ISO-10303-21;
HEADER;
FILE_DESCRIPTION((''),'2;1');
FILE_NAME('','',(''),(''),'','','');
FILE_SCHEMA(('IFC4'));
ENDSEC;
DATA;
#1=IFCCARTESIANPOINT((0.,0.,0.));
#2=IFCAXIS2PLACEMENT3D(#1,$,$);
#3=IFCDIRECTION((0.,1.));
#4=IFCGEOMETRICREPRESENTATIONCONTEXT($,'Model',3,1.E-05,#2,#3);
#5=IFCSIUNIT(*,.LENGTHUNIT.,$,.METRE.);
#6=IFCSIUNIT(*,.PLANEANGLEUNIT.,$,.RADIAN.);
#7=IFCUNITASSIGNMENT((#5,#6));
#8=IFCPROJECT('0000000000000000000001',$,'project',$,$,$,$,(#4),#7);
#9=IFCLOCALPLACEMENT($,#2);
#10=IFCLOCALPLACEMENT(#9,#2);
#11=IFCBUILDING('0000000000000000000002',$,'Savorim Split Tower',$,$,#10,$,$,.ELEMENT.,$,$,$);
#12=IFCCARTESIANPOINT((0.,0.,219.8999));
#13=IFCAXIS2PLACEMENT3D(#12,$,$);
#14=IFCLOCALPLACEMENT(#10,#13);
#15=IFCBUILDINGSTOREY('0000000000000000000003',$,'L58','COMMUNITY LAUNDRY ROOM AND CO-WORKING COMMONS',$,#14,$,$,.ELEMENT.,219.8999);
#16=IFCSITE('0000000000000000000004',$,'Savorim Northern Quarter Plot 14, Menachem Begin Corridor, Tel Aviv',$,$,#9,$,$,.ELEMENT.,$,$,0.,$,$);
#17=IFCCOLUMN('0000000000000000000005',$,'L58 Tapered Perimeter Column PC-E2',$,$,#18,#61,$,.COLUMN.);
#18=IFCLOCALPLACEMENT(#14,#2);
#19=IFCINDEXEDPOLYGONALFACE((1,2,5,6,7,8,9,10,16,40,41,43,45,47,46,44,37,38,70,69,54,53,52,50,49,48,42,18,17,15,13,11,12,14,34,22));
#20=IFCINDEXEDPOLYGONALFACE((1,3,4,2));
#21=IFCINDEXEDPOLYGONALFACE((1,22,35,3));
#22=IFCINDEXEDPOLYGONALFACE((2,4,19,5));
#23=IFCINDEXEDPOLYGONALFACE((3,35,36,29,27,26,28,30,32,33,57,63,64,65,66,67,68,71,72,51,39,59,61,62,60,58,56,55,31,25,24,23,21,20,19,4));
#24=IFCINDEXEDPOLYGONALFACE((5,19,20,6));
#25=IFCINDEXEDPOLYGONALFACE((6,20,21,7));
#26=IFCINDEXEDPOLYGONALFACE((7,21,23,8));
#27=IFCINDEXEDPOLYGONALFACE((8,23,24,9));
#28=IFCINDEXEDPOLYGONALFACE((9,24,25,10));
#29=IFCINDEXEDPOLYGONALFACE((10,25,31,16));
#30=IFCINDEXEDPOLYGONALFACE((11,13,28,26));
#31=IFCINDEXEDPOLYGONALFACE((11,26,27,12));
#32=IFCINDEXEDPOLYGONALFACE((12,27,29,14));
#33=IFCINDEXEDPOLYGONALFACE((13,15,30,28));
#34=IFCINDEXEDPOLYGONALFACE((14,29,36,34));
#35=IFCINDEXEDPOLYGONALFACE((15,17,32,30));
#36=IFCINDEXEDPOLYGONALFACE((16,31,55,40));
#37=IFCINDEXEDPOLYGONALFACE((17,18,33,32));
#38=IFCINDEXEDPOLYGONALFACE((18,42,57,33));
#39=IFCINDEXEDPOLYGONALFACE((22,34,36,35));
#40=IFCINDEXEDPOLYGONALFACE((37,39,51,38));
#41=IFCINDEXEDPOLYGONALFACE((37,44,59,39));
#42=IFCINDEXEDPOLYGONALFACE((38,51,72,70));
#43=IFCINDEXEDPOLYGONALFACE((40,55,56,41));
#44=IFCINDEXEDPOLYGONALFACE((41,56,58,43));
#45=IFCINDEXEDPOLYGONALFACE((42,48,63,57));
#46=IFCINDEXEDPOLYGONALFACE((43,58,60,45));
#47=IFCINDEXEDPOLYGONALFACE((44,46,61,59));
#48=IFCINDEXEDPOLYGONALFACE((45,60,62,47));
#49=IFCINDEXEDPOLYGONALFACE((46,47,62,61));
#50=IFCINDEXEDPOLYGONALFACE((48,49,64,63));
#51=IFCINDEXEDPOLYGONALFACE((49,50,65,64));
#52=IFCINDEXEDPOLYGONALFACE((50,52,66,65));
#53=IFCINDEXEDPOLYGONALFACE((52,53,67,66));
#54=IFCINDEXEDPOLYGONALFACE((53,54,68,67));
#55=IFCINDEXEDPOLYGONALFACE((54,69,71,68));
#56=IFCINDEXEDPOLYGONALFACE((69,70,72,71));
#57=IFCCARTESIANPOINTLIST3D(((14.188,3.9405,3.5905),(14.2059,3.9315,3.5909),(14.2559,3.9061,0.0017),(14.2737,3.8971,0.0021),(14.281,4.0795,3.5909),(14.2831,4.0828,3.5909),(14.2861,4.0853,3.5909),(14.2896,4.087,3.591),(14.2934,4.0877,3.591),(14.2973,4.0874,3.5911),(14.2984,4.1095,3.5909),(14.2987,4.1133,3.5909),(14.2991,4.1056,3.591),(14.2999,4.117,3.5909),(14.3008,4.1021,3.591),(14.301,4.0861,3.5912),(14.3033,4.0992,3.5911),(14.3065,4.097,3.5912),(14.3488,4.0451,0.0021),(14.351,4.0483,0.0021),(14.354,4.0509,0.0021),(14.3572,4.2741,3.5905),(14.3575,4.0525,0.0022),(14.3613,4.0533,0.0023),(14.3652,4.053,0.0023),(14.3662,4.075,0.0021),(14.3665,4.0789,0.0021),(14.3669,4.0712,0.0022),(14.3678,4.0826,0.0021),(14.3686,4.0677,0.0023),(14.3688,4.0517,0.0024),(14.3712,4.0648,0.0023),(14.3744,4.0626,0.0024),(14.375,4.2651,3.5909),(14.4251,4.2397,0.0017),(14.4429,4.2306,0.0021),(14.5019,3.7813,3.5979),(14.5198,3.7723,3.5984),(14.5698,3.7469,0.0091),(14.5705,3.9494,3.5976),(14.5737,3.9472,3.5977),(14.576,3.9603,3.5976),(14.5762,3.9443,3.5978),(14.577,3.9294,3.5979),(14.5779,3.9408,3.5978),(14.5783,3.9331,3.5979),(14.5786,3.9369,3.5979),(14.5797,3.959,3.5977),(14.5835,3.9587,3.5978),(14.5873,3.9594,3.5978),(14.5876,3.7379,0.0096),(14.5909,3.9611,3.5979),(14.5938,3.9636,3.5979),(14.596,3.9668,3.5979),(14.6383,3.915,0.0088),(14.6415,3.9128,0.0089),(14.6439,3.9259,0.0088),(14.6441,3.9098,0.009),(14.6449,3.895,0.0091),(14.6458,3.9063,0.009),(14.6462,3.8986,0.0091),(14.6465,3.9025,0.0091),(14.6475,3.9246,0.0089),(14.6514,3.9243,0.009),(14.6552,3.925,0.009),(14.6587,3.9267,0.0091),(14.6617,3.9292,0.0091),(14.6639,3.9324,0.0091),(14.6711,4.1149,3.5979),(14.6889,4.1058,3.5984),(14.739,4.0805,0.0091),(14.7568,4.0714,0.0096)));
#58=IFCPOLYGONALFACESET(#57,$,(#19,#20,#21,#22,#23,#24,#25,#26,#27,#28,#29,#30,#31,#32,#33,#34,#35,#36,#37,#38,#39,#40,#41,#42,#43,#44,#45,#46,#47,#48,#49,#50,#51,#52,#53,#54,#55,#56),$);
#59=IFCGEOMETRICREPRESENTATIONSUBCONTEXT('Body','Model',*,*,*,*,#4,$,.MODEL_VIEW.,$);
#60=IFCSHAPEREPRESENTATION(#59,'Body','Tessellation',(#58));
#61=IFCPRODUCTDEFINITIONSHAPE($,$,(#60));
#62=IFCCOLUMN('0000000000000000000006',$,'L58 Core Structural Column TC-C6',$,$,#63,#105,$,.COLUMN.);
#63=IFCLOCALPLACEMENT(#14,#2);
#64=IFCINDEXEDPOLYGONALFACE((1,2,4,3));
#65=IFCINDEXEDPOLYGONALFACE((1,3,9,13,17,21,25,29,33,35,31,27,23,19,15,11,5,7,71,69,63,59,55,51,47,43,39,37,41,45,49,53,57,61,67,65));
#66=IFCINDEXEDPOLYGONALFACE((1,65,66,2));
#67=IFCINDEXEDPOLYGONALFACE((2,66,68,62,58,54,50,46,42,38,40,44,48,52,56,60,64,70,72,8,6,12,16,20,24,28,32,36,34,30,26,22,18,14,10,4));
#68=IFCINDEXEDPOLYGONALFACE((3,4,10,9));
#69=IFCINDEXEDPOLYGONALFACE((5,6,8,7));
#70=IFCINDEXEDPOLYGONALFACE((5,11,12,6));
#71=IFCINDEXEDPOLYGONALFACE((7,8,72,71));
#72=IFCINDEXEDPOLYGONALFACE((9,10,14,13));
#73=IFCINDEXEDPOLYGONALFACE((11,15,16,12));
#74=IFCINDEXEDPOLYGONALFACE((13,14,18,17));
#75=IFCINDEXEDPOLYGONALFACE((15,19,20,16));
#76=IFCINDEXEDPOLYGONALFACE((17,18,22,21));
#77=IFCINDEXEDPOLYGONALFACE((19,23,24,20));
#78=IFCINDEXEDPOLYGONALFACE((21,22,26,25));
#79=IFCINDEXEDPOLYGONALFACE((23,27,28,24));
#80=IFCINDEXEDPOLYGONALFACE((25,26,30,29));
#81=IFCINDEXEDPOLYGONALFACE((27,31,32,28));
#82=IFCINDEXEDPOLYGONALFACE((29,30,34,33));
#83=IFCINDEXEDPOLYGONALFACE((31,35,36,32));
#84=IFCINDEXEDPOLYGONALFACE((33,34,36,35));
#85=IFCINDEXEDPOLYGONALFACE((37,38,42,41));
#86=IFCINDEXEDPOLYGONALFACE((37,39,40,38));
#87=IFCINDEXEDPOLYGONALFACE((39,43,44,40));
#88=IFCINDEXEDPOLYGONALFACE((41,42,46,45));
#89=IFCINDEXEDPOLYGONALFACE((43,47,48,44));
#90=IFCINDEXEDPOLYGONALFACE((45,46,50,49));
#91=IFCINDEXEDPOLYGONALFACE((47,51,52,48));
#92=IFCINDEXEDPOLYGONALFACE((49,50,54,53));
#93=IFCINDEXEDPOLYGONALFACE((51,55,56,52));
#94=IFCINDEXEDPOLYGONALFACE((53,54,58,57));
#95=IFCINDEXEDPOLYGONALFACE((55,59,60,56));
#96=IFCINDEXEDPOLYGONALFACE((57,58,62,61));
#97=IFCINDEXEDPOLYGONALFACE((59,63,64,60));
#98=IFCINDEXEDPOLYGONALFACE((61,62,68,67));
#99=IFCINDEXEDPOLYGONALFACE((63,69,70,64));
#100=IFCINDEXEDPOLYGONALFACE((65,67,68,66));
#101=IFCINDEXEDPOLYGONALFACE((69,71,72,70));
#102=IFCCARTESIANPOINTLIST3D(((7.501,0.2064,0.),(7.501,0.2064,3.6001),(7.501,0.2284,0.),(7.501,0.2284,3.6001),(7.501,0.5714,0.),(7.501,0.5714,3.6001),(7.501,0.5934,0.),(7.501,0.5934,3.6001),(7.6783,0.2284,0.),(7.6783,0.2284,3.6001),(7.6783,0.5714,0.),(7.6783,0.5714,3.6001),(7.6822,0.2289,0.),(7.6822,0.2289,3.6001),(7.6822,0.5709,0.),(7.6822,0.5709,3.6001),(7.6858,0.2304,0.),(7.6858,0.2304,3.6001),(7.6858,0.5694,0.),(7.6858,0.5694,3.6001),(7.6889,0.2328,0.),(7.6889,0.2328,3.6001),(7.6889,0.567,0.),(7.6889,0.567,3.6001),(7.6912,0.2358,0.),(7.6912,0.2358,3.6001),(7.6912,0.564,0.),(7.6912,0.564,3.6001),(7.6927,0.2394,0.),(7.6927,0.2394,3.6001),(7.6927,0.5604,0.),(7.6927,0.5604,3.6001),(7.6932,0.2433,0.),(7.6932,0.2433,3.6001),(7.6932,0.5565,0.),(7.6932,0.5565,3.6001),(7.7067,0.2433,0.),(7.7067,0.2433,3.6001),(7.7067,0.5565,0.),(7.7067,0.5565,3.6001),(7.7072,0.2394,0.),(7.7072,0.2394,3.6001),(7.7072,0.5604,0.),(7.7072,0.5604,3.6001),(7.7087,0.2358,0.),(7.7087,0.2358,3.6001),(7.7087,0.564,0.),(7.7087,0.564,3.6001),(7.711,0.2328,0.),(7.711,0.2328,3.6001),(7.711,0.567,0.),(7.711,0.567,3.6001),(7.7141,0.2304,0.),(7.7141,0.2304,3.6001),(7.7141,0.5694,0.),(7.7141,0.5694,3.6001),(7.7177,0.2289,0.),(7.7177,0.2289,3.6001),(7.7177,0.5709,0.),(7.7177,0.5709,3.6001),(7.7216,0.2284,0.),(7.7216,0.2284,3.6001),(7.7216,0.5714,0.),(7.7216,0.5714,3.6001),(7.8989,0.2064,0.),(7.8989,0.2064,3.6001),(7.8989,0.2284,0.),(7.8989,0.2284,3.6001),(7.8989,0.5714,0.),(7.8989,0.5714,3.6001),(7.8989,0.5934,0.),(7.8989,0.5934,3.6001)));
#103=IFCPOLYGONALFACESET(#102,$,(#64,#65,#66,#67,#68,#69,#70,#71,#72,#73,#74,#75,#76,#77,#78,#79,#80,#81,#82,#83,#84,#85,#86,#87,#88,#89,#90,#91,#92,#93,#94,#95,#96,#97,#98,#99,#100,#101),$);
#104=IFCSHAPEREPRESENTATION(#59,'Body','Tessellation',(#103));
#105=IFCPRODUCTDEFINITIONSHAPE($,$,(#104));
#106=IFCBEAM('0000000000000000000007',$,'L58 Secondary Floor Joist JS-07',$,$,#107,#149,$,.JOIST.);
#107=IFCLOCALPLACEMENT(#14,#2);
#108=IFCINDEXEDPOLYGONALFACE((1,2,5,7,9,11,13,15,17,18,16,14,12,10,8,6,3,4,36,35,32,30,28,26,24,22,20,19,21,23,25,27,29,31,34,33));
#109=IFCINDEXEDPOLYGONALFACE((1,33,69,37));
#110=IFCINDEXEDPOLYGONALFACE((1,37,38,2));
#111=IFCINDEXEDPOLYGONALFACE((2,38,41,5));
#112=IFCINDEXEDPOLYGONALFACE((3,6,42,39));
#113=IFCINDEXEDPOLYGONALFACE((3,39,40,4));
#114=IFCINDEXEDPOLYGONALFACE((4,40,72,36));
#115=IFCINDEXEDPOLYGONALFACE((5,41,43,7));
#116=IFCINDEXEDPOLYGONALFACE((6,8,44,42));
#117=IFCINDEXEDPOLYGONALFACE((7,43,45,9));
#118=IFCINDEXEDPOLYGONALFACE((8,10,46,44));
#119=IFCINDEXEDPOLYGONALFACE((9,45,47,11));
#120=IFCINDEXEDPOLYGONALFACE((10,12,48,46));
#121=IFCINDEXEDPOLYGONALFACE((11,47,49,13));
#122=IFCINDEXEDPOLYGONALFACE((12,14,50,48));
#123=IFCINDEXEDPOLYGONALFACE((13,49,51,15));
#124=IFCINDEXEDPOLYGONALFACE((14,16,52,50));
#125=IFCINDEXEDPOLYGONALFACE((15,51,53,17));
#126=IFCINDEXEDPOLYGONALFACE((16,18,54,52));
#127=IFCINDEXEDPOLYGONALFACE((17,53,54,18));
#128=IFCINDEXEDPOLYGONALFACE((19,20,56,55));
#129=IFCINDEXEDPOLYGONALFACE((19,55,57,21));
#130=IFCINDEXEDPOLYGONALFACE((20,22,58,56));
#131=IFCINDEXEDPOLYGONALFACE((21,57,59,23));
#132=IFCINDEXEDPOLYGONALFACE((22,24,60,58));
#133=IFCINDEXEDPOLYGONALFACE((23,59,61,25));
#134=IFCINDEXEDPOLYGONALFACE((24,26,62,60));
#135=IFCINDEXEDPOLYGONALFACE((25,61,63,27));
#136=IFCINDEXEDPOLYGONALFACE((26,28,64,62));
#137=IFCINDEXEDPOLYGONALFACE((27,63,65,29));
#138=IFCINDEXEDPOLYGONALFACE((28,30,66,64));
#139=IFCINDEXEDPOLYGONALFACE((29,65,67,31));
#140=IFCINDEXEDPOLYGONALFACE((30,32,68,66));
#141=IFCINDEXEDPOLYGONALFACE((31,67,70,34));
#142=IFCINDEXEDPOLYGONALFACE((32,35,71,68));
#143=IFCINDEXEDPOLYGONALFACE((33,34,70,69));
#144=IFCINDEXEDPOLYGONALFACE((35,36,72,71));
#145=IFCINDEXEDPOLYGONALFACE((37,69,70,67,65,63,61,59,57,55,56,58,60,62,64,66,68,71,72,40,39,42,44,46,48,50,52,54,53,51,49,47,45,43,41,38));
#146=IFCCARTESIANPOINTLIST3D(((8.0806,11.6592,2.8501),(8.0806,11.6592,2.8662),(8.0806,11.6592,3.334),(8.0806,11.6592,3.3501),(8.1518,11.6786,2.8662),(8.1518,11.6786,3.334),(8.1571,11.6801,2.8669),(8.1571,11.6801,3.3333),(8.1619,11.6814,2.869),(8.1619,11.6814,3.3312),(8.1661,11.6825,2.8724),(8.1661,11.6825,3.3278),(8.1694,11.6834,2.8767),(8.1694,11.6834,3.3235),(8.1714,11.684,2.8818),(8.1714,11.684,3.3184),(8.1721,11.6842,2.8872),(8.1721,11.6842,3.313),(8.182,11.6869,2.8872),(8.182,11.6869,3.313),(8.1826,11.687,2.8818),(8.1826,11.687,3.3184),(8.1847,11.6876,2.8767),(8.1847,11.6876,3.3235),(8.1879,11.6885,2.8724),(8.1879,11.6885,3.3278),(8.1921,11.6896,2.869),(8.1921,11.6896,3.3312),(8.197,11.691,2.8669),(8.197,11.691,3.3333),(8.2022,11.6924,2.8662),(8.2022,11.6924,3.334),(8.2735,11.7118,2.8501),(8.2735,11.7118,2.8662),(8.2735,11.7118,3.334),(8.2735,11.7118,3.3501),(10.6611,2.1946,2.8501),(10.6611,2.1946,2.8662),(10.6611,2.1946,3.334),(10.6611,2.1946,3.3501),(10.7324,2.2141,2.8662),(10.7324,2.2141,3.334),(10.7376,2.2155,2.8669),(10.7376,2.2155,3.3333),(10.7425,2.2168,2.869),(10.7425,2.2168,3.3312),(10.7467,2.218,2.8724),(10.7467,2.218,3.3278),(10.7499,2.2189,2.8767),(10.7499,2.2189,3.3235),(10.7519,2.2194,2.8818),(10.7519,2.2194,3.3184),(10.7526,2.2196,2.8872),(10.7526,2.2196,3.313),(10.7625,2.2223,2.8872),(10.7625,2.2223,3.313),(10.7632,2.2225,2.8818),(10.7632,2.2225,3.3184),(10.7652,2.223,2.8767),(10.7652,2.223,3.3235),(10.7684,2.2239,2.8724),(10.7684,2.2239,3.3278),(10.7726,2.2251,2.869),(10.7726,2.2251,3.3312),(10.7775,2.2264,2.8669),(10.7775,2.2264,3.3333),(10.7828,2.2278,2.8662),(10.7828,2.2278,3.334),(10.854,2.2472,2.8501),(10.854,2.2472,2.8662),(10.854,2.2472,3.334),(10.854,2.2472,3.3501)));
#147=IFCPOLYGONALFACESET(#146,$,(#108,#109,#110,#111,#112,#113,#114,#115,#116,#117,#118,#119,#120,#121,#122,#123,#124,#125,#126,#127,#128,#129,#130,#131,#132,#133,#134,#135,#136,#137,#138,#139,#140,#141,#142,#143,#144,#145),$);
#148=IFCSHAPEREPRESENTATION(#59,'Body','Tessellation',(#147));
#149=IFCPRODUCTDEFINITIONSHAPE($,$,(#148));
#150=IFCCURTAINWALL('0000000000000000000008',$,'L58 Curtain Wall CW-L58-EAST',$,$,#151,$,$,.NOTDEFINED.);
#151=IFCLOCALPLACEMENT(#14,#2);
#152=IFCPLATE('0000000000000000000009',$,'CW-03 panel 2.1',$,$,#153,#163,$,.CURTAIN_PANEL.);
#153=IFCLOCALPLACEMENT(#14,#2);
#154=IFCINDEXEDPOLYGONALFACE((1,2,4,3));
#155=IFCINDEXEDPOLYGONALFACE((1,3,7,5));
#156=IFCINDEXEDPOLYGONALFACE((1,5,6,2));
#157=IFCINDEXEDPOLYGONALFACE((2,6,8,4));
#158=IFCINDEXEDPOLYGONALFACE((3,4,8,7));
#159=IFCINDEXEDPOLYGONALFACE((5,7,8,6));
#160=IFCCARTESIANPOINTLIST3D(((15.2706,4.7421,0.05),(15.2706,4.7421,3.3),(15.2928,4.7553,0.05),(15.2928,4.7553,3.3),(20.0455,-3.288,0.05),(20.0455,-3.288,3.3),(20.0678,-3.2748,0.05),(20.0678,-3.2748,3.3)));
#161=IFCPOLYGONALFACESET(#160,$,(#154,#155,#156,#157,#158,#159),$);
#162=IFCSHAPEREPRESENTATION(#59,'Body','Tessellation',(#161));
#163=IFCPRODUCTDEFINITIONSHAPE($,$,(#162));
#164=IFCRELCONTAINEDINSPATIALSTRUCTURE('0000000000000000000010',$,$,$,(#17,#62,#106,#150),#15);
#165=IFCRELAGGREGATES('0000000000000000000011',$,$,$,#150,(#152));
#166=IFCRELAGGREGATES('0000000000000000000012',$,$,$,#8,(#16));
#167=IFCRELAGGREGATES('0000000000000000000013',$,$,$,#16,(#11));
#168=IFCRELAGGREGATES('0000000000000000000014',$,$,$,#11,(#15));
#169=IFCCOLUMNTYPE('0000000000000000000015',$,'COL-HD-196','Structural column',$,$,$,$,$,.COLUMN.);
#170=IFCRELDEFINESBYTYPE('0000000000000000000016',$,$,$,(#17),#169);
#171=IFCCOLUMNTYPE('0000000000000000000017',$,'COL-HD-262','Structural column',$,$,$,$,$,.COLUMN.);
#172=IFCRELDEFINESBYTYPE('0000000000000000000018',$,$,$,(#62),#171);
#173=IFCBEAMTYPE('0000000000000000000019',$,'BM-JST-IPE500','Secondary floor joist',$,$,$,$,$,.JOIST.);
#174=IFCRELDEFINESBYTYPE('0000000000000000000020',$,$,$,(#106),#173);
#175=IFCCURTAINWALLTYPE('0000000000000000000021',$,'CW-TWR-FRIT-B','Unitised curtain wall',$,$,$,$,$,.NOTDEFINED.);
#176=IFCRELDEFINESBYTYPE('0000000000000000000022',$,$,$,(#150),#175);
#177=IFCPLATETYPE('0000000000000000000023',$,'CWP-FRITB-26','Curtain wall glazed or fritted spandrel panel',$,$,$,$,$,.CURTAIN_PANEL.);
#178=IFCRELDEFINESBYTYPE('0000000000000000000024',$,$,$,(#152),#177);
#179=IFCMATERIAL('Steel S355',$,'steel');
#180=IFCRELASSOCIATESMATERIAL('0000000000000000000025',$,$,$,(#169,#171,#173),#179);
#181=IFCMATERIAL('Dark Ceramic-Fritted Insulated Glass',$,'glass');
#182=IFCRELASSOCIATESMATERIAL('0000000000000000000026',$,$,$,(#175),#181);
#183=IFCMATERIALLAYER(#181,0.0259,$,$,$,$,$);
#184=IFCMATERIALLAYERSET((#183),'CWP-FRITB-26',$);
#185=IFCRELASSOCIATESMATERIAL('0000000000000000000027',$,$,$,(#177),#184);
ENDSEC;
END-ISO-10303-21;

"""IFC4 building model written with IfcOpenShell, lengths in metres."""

from ifc_helpers import new_model, si_unit, direction, frame, origin, origin_2d, place, context, subcontext, project, spatial, rectangle, i_section, extrude, material, layer, layer_set, material_profile, profile_set, type_object, element, aggregate, save


model = new_model("IFC4")

# Units and contexts
model_context = context("Model", 3, precision=1e-05, world=origin(), true_north=direction((0.0, 1.0)))
body_context = subcontext(model_context, "Body", "Model", "MODEL_VIEW")
ifc_project = project(units=[si_unit("LENGTHUNIT", "METRE"), si_unit("PLANEANGLEUNIT", "RADIAN")], contexts=[model_context])

# Site, building, storey
site_placement = place(None, origin())
site = spatial("IfcSite", under=ifc_project, at=site_placement, Name="Savorim Northern Quarter Plot 14, Menachem Begin Corridor, Tel Aviv", CompositionType="ELEMENT", RefElevation=0.0)
building_placement = place(site_placement, origin())
building = spatial("IfcBuilding", under=site, at=building_placement, Name="Savorim Split Tower", CompositionType="ELEMENT")
storey_placement = place(building_placement, frame((0.0, 0.0, 219.8999)))
storey = spatial("IfcBuildingStorey", under=building, at=storey_placement, Name="L58", Description="COMMUNITY LAUNDRY ROOM AND CO-WORKING COMMONS", CompositionType="ELEMENT", Elevation=219.8999)

# Columns
ifc_material_1 = material(Name="Steel S355", Category="steel")
ifc_material_profile_1 = material_profile(ifc_material_1, i_section(OverallWidth=0.374, OverallDepth=0.3721, WebThickness=0.0122, FlangeThickness=0.02, FilletRadius=0.0149, at=origin_2d()), Name="HD 360x196")
ifc_profile_set_1 = profile_set([ifc_material_profile_1], Name="Steel S355")
column_type_1 = type_object("IfcColumnType", Name="COL-HD-196", Description="Structural column", PredefinedType="COLUMN", material=ifc_profile_set_1)
column_1_placement = place(storey_placement, frame((14.5063, 3.9888, 0.0056), z_axis=(-0.018907, 0.00959, 0.999775), x_axis=(-0.452339, -0.891846, 0.0)))
element("IfcColumn", 1, at=column_1_placement, inside=storey, type_object=column_type_1, Name="L58 Tapered Perimeter Column PC-E2", PredefinedType="COLUMN", context=body_context, shape_type="SweptSolid", body=[
    extrude(i_section(OverallWidth=0.374, OverallDepth=0.3721, WebThickness=0.0122, FlangeThickness=0.02, FilletRadius=0.0149, at=origin_2d()), origin(), (0.0, 0.0, 1.0), 3.5896),
])
ifc_material_profile_2 = material_profile(ifc_material_1, i_section(OverallWidth=0.3979, OverallDepth=0.387, WebThickness=0.0134, FlangeThickness=0.022, FilletRadius=0.0149, at=origin_2d()), Name="HD 400x262")
ifc_profile_set_2 = profile_set([ifc_material_profile_2], Name="Steel S355")
column_type_2 = type_object("IfcColumnType", Name="COL-HD-262", Description="Structural column", PredefinedType="COLUMN", material=ifc_profile_set_2)
column_2_placement = place(storey_placement, frame((7.7, 0.3999, 0.0), z_axis=(0.0, 0.0, 1.0), x_axis=(1.0, 0.0, 0.0)))
element("IfcColumn", 2, at=column_2_placement, inside=storey, type_object=column_type_2, Name="L58 Core Structural Column TC-C6", PredefinedType="COLUMN", context=body_context, shape_type="SweptSolid", body=[
    extrude(i_section(OverallWidth=0.3979, OverallDepth=0.387, WebThickness=0.0134, FlangeThickness=0.022, FilletRadius=0.0149, at=origin_2d()), origin(), (0.0, 0.0, 1.0), 3.6001),
])

# Beam
ifc_material_profile_3 = material_profile(ifc_material_1, i_section(OverallWidth=0.2, OverallDepth=0.5, WebThickness=0.0103, FlangeThickness=0.0161, FilletRadius=0.021, at=origin_2d()), Name="IPE 500")
ifc_profile_set_3 = profile_set([ifc_material_profile_3], Name="Steel S355")
beam_type = type_object("IfcBeamType", Name="BM-JST-IPE500", Description="Secondary floor joist", PredefinedType="JOIST", material=ifc_profile_set_3)
beam_placement = place(storey_placement, frame((10.7576, 2.2209, 3.1001), z_axis=(-0.263052, 0.964782, 0.0), x_axis=(-0.964782, -0.263052, 0.0)))
element("IfcBeam", 3, at=beam_placement, inside=storey, type_object=beam_type, Name="L58 Secondary Floor Joist JS-07", PredefinedType="JOIST", context=body_context, shape_type="SweptSolid", body=[
    extrude(i_section(OverallWidth=0.2, OverallDepth=0.5, WebThickness=0.0103, FlangeThickness=0.0161, FilletRadius=0.021, at=origin_2d()), origin(), (0.0, 0.0, 1.0), 9.8101),
])

# Curtain wall, plate
ifc_material_2 = material(Name="Dark Ceramic-Fritted Insulated Glass", Category="glass")
curtain_wall_type = type_object("IfcCurtainWallType", Name="CW-TWR-FRIT-B", Description="Unitised curtain wall", PredefinedType="NOTDEFINED", material=ifc_material_2)
curtain_wall_placement = place(storey_placement, origin())
curtain_wall = element("IfcCurtainWall", 4, at=curtain_wall_placement, inside=storey, type_object=curtain_wall_type, Name="L58 Curtain Wall CW-L58-EAST", PredefinedType="NOTDEFINED")
ifc_layer_1 = layer(ifc_material_2, 0.0259)
ifc_layer_set_1 = layer_set([ifc_layer_1], Name="CWP-FRITB-26")
plate_type = type_object("IfcPlateType", Name="CWP-FRITB-26", Description="Curtain wall glazed or fritted spandrel panel", PredefinedType="CURTAIN_PANEL", material=ifc_layer_set_1)
plate_placement = place(storey_placement, frame((17.6692, 0.7336, 0.05), z_axis=(0.0, 0.0, 1.0), x_axis=(-0.511096, 0.859524, 0.0)))
plate = element("IfcPlate", 5, at=plate_placement, type_object=plate_type, Name="CW-03 panel 2.1", PredefinedType="CURTAIN_PANEL", context=body_context, shape_type="SweptSolid", body=[
    extrude(rectangle(XDim=9.3425, YDim=0.0259, at=origin_2d()), origin(), (0.0, 0.0, 1.0), 3.25),
])
aggregate(curtain_wall, [plate])

save(model, "model.ifc")
